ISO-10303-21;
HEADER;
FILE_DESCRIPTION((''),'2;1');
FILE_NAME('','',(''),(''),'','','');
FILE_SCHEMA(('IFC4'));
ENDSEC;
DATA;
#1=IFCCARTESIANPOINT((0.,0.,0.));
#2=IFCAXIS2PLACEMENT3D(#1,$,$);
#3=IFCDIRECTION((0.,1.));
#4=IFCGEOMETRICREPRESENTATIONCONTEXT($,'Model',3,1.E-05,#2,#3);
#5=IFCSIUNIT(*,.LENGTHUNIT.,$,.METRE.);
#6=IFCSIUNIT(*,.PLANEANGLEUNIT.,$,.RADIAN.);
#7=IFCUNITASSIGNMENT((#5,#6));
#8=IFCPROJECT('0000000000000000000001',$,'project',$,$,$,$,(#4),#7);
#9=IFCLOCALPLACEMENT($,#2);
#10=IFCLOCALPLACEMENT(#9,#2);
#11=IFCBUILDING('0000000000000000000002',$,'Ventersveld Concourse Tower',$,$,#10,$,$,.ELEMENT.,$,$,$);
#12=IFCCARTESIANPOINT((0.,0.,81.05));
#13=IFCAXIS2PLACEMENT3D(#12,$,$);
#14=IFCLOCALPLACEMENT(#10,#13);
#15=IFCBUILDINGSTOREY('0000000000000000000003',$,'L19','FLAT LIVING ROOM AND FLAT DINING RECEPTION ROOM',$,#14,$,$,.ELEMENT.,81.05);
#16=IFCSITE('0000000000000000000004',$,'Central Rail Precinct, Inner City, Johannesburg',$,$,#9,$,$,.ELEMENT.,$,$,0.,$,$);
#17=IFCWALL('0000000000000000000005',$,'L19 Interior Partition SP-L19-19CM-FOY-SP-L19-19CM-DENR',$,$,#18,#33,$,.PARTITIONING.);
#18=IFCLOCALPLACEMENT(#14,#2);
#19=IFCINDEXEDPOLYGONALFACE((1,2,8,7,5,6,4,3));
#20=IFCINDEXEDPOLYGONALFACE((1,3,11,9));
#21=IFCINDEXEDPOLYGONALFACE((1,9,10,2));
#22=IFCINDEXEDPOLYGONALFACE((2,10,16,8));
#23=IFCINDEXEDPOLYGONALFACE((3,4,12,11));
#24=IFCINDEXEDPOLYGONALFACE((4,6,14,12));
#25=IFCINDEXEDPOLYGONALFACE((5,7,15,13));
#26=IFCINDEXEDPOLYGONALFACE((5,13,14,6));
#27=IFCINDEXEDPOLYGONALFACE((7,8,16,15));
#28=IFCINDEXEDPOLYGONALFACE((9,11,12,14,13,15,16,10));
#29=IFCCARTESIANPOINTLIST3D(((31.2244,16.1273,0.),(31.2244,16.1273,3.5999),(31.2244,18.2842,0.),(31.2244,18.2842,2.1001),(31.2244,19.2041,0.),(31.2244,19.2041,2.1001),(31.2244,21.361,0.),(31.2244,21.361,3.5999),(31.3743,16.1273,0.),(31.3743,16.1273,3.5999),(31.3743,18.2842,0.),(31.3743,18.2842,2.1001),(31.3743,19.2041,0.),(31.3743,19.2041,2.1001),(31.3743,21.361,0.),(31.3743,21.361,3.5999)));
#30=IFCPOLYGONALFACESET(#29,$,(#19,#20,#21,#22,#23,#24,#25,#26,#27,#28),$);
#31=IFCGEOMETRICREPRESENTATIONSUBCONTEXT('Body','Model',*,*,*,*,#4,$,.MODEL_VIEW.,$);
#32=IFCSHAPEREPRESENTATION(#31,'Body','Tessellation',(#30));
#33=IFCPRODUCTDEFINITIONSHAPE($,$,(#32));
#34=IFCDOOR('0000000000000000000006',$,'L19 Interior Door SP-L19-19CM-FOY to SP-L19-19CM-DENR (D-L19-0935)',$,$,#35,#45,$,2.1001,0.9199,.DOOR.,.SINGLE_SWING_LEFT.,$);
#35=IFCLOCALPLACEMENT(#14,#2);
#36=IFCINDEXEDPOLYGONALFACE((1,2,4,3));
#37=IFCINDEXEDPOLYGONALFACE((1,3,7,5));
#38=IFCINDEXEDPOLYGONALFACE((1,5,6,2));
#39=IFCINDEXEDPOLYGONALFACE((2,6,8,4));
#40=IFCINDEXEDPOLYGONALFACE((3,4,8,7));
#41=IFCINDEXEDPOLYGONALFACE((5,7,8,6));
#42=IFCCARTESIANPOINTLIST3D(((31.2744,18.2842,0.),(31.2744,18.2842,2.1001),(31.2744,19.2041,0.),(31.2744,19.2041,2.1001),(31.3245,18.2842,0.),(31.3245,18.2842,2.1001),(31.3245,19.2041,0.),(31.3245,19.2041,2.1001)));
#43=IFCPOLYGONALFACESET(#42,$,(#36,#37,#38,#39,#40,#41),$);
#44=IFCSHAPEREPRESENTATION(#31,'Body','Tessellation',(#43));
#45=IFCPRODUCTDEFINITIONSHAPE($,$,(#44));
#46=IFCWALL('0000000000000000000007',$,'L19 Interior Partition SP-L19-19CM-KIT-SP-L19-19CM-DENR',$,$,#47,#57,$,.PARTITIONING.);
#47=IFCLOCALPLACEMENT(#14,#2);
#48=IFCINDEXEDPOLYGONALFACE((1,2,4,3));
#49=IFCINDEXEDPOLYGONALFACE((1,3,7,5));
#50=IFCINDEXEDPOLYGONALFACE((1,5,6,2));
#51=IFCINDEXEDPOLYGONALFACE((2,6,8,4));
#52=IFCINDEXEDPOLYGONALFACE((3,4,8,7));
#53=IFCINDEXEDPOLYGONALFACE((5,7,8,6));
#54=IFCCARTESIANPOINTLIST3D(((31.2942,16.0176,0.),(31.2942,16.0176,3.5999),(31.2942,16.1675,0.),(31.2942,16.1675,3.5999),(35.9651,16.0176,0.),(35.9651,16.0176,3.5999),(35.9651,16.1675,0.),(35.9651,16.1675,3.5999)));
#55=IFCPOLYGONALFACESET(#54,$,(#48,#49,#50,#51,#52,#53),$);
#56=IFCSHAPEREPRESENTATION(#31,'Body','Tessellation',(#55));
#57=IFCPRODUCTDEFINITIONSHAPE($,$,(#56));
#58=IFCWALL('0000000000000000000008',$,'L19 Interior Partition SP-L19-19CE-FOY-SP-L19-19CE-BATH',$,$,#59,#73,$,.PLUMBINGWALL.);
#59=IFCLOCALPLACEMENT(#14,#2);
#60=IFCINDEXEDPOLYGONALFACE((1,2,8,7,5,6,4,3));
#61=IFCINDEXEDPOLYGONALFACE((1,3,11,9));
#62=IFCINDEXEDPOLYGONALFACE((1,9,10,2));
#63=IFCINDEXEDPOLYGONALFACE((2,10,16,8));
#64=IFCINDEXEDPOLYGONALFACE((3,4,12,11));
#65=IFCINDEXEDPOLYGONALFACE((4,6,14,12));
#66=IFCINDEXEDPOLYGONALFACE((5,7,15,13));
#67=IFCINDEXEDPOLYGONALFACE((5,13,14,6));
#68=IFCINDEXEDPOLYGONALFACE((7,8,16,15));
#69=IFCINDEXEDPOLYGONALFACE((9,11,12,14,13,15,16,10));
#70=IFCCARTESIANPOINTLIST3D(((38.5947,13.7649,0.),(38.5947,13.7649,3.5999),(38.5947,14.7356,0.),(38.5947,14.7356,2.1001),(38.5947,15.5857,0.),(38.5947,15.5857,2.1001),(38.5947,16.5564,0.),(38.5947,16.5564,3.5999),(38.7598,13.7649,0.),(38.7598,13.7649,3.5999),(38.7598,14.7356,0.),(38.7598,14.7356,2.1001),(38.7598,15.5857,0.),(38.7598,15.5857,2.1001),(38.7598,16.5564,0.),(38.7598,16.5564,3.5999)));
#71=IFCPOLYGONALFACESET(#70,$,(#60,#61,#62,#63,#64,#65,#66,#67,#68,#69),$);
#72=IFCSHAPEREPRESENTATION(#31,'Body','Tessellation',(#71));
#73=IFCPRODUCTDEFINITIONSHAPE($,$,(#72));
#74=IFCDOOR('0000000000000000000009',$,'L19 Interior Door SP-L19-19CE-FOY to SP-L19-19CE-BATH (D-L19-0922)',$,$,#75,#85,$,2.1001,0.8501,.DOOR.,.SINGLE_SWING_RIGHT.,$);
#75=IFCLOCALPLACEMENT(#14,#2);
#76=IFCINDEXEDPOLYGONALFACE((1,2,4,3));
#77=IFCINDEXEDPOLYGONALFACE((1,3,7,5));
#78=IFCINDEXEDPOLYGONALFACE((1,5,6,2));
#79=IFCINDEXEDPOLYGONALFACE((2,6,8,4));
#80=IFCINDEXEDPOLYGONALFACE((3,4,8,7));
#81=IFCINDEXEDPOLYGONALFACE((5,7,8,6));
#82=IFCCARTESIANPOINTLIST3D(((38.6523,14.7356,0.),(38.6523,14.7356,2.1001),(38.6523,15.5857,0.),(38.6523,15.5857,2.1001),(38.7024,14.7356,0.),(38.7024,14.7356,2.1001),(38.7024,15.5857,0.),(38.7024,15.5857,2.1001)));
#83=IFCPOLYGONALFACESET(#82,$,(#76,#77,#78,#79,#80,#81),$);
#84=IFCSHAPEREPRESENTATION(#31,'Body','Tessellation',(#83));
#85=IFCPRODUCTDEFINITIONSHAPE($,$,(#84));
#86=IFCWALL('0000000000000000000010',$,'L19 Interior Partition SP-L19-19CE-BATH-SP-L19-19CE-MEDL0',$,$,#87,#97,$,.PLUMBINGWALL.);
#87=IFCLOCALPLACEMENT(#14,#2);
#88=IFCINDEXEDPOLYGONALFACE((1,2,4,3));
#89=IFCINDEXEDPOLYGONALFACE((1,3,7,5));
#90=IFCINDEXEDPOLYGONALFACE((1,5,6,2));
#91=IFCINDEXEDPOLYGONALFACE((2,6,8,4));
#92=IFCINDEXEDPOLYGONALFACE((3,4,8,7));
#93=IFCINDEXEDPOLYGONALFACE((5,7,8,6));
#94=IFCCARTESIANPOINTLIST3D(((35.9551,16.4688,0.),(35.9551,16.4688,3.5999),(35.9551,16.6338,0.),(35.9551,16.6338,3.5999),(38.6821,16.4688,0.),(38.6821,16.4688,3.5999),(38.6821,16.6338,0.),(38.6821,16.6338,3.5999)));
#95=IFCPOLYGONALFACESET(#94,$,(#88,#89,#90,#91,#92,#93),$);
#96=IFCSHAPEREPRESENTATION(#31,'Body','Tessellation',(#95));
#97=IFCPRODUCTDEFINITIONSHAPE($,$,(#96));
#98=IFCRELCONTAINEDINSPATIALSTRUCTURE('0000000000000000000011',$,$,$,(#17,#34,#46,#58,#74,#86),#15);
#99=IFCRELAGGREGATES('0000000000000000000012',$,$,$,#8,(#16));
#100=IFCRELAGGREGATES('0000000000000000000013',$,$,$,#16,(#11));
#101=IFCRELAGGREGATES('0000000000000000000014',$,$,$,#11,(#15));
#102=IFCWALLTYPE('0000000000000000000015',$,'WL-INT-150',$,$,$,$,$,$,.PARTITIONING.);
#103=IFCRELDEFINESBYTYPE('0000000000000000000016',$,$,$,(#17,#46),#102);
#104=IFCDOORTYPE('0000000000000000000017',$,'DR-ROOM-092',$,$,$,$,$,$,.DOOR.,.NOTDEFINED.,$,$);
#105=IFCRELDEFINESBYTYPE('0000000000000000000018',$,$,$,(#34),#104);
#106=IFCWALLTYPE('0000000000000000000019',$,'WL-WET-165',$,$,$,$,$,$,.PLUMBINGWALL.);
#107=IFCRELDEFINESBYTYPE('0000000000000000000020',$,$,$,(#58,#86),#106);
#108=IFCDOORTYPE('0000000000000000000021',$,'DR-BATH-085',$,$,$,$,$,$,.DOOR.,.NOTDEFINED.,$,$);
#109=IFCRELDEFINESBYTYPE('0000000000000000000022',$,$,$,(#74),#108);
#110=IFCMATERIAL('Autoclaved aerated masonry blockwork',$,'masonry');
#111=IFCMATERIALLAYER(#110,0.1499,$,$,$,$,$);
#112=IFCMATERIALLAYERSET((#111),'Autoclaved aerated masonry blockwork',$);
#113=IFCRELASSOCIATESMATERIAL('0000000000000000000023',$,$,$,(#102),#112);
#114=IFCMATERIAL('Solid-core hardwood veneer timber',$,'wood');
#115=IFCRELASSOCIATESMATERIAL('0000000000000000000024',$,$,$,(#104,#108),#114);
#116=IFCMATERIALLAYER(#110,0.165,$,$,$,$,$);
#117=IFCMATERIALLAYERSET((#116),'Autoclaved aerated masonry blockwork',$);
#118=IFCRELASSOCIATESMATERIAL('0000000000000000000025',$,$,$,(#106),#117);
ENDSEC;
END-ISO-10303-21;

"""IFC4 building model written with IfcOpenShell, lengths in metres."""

from ifc_helpers import new_model, si_unit, direction, frame, frame_2d, origin, place, context, subcontext, project, spatial, rectangle, extrude, material, layer, layer_set, type_object, element, fill, save


model = new_model("IFC4")

# Units and contexts
model_context = context("Model", 3, precision=1e-05, world=origin(), true_north=direction((0.0, 1.0)))
body_context = subcontext(model_context, "Body", "Model", "MODEL_VIEW")
ifc_project = project(units=[si_unit("LENGTHUNIT", "METRE"), si_unit("PLANEANGLEUNIT", "RADIAN")], contexts=[model_context])

# Site, building, storey
site_placement = place(None, origin())
site = spatial("IfcSite", under=ifc_project, at=site_placement, Name="Central Rail Precinct, Inner City, Johannesburg", CompositionType="ELEMENT", RefElevation=0.0)
building_placement = place(site_placement, origin())
building = spatial("IfcBuilding", under=site, at=building_placement, Name="Ventersveld Concourse Tower", CompositionType="ELEMENT")
storey_placement = place(building_placement, frame((0.0, 0.0, 81.05)))
storey = spatial("IfcBuildingStorey", under=building, at=storey_placement, Name="L19", Description="FLAT LIVING ROOM AND FLAT DINING RECEPTION ROOM", CompositionType="ELEMENT", Elevation=81.05)

# Shared definitions
ifc_material_1 = material(Name="Solid-core hardwood veneer timber", Category="wood")

# Wall, opening, door
ifc_material_2 = material(Name="Autoclaved aerated masonry blockwork", Category="masonry")
ifc_layer_1 = layer(ifc_material_2, 0.1499)
ifc_layer_set_1 = layer_set([ifc_layer_1], Name="Autoclaved aerated masonry blockwork")
wall_type_1 = type_object("IfcWallType", Name="WL-INT-150", PredefinedType="PARTITIONING", material=ifc_layer_set_1)
door_type_1 = type_object("IfcDoorType", Name="DR-ROOM-092", OperationType="NOTDEFINED", PredefinedType="DOOR", material=ifc_material_1)
wall_1_placement = place(storey_placement, frame((31.2993, 16.1274, 0.0), z_axis=(0.0, 0.0, 1.0), x_axis=(0.0, 1.0, 0.0)))
wall_1 = element("IfcWall", 1, at=wall_1_placement, inside=storey, type_object=wall_type_1, Name="L19 Interior Partition SP-L19-19CM-FOY-SP-L19-19CM-DENR", PredefinedType="PARTITIONING", context=body_context, shape_type="SweptSolid", body=[
    extrude(rectangle(XDim=5.2336, YDim=0.1499, at=frame_2d((2.6167, 0.0))), origin(), (0.0, 0.0, 1.0), 3.5999),
])
opening_1_placement = place(wall_1_placement, frame((2.1567, 0.0, 0.0)))
opening_1 = element("IfcOpeningElement", 2, at=opening_1_placement, cuts=wall_1, PredefinedType="OPENING", context=body_context, shape_type="SweptSolid", body=[
    extrude(rectangle(XDim=0.9199, YDim=2.1001, at=frame_2d((0.46, 1.05))), frame((0.0, 0.085, 0.0), z_axis=(0.0, -1.0, 0.0), x_axis=(1.0, 0.0, 0.0)), (0.0, 0.0, 1.0), 0.1699),
])
door_1_placement = place(opening_1_placement, origin())
door_1 = element("IfcDoor", 3, at=door_1_placement, inside=storey, type_object=door_type_1, Name="L19 Interior Door SP-L19-19CM-FOY to SP-L19-19CM-DENR (D-L19-0935)", OperationType="SINGLE_SWING_LEFT", OverallHeight=2.1001, OverallWidth=0.9199, PredefinedType="DOOR", context=body_context, shape_type="SweptSolid", body=[
    extrude(rectangle(XDim=0.9199, YDim=2.1001, at=frame_2d((0.46, 1.05))), frame((0.0, 0.0249, 0.0), z_axis=(0.0, -1.0, 0.0), x_axis=(1.0, 0.0, 0.0)), (0.0, 0.0, 1.0), 0.05),
])
fill(opening_1, door_1)

# Wall
wall_2_placement = place(storey_placement, frame((31.2942, 16.0925, 0.0), z_axis=(0.0, 0.0, 1.0), x_axis=(1.0, 0.0, 0.0)))
element("IfcWall", 4, at=wall_2_placement, inside=storey, type_object=wall_type_1, Name="L19 Interior Partition SP-L19-19CM-KIT-SP-L19-19CM-DENR", PredefinedType="PARTITIONING", context=body_context, shape_type="SweptSolid", body=[
    extrude(rectangle(XDim=4.6709, YDim=0.1499, at=frame_2d((2.3354, 0.0))), origin(), (0.0, 0.0, 1.0), 3.5999),
])

# Wall, opening, door
ifc_layer_2 = layer(ifc_material_2, 0.165)
ifc_layer_set_2 = layer_set([ifc_layer_2], Name="Autoclaved aerated masonry blockwork")
wall_type_2 = type_object("IfcWallType", Name="WL-WET-165", PredefinedType="PLUMBINGWALL", material=ifc_layer_set_2)
wall_3_placement = place(storey_placement, frame((38.6772, 13.7649, 0.0), z_axis=(0.0, 0.0, 1.0), x_axis=(0.0, 1.0, 0.0)))
wall_3 = element("IfcWall", 5, at=wall_3_placement, inside=storey, type_object=wall_type_2, Name="L19 Interior Partition SP-L19-19CE-FOY-SP-L19-19CE-BATH", PredefinedType="PLUMBINGWALL", context=body_context, shape_type="SweptSolid", body=[
    extrude(rectangle(XDim=2.7915, YDim=0.165, at=frame_2d((1.3958, 0.0))), origin(), (0.0, 0.0, 1.0), 3.5999),
])
opening_2_placement = place(wall_3_placement, frame((0.9707, 0.0, 0.0)))
opening_2 = element("IfcOpeningElement", 6, at=opening_2_placement, cuts=wall_3, PredefinedType="OPENING", context=body_context, shape_type="SweptSolid", body=[
    extrude(rectangle(XDim=0.8501, YDim=2.1001, at=frame_2d((0.425, 1.05))), frame((0.0, 0.0925, 0.0), z_axis=(0.0, -1.0, 0.0), x_axis=(1.0, 0.0, 0.0)), (0.0, 0.0, 1.0), 0.1851),
])
door_type_2 = type_object("IfcDoorType", Name="DR-BATH-085", OperationType="NOTDEFINED", PredefinedType="DOOR", material=ifc_material_1)
door_2_placement = place(opening_2_placement, origin())
door_2 = element("IfcDoor", 7, at=door_2_placement, inside=storey, type_object=door_type_2, Name="L19 Interior Door SP-L19-19CE-FOY to SP-L19-19CE-BATH (D-L19-0922)", OperationType="SINGLE_SWING_RIGHT", OverallHeight=2.1001, OverallWidth=0.8501, PredefinedType="DOOR", context=body_context, shape_type="SweptSolid", body=[
    extrude(rectangle(XDim=0.8501, YDim=2.1001, at=frame_2d((0.425, 1.05))), frame((0.0, 0.0249, 0.0), z_axis=(0.0, -1.0, 0.0), x_axis=(1.0, 0.0, 0.0)), (0.0, 0.0, 1.0), 0.05),
])
fill(opening_2, door_2)

# Wall
wall_4_placement = place(storey_placement, frame((35.9551, 16.5513, 0.0), z_axis=(0.0, 0.0, 1.0), x_axis=(1.0, 0.0, 0.0)))
element("IfcWall", 8, at=wall_4_placement, inside=storey, type_object=wall_type_2, Name="L19 Interior Partition SP-L19-19CE-BATH-SP-L19-19CE-MEDL0", PredefinedType="PLUMBINGWALL", context=body_context, shape_type="SweptSolid", body=[
    extrude(rectangle(XDim=2.7271, YDim=0.165, at=frame_2d((1.3635, 0.0))), origin(), (0.0, 0.0, 1.0), 3.5999),
])

save(model, "model.ifc")
